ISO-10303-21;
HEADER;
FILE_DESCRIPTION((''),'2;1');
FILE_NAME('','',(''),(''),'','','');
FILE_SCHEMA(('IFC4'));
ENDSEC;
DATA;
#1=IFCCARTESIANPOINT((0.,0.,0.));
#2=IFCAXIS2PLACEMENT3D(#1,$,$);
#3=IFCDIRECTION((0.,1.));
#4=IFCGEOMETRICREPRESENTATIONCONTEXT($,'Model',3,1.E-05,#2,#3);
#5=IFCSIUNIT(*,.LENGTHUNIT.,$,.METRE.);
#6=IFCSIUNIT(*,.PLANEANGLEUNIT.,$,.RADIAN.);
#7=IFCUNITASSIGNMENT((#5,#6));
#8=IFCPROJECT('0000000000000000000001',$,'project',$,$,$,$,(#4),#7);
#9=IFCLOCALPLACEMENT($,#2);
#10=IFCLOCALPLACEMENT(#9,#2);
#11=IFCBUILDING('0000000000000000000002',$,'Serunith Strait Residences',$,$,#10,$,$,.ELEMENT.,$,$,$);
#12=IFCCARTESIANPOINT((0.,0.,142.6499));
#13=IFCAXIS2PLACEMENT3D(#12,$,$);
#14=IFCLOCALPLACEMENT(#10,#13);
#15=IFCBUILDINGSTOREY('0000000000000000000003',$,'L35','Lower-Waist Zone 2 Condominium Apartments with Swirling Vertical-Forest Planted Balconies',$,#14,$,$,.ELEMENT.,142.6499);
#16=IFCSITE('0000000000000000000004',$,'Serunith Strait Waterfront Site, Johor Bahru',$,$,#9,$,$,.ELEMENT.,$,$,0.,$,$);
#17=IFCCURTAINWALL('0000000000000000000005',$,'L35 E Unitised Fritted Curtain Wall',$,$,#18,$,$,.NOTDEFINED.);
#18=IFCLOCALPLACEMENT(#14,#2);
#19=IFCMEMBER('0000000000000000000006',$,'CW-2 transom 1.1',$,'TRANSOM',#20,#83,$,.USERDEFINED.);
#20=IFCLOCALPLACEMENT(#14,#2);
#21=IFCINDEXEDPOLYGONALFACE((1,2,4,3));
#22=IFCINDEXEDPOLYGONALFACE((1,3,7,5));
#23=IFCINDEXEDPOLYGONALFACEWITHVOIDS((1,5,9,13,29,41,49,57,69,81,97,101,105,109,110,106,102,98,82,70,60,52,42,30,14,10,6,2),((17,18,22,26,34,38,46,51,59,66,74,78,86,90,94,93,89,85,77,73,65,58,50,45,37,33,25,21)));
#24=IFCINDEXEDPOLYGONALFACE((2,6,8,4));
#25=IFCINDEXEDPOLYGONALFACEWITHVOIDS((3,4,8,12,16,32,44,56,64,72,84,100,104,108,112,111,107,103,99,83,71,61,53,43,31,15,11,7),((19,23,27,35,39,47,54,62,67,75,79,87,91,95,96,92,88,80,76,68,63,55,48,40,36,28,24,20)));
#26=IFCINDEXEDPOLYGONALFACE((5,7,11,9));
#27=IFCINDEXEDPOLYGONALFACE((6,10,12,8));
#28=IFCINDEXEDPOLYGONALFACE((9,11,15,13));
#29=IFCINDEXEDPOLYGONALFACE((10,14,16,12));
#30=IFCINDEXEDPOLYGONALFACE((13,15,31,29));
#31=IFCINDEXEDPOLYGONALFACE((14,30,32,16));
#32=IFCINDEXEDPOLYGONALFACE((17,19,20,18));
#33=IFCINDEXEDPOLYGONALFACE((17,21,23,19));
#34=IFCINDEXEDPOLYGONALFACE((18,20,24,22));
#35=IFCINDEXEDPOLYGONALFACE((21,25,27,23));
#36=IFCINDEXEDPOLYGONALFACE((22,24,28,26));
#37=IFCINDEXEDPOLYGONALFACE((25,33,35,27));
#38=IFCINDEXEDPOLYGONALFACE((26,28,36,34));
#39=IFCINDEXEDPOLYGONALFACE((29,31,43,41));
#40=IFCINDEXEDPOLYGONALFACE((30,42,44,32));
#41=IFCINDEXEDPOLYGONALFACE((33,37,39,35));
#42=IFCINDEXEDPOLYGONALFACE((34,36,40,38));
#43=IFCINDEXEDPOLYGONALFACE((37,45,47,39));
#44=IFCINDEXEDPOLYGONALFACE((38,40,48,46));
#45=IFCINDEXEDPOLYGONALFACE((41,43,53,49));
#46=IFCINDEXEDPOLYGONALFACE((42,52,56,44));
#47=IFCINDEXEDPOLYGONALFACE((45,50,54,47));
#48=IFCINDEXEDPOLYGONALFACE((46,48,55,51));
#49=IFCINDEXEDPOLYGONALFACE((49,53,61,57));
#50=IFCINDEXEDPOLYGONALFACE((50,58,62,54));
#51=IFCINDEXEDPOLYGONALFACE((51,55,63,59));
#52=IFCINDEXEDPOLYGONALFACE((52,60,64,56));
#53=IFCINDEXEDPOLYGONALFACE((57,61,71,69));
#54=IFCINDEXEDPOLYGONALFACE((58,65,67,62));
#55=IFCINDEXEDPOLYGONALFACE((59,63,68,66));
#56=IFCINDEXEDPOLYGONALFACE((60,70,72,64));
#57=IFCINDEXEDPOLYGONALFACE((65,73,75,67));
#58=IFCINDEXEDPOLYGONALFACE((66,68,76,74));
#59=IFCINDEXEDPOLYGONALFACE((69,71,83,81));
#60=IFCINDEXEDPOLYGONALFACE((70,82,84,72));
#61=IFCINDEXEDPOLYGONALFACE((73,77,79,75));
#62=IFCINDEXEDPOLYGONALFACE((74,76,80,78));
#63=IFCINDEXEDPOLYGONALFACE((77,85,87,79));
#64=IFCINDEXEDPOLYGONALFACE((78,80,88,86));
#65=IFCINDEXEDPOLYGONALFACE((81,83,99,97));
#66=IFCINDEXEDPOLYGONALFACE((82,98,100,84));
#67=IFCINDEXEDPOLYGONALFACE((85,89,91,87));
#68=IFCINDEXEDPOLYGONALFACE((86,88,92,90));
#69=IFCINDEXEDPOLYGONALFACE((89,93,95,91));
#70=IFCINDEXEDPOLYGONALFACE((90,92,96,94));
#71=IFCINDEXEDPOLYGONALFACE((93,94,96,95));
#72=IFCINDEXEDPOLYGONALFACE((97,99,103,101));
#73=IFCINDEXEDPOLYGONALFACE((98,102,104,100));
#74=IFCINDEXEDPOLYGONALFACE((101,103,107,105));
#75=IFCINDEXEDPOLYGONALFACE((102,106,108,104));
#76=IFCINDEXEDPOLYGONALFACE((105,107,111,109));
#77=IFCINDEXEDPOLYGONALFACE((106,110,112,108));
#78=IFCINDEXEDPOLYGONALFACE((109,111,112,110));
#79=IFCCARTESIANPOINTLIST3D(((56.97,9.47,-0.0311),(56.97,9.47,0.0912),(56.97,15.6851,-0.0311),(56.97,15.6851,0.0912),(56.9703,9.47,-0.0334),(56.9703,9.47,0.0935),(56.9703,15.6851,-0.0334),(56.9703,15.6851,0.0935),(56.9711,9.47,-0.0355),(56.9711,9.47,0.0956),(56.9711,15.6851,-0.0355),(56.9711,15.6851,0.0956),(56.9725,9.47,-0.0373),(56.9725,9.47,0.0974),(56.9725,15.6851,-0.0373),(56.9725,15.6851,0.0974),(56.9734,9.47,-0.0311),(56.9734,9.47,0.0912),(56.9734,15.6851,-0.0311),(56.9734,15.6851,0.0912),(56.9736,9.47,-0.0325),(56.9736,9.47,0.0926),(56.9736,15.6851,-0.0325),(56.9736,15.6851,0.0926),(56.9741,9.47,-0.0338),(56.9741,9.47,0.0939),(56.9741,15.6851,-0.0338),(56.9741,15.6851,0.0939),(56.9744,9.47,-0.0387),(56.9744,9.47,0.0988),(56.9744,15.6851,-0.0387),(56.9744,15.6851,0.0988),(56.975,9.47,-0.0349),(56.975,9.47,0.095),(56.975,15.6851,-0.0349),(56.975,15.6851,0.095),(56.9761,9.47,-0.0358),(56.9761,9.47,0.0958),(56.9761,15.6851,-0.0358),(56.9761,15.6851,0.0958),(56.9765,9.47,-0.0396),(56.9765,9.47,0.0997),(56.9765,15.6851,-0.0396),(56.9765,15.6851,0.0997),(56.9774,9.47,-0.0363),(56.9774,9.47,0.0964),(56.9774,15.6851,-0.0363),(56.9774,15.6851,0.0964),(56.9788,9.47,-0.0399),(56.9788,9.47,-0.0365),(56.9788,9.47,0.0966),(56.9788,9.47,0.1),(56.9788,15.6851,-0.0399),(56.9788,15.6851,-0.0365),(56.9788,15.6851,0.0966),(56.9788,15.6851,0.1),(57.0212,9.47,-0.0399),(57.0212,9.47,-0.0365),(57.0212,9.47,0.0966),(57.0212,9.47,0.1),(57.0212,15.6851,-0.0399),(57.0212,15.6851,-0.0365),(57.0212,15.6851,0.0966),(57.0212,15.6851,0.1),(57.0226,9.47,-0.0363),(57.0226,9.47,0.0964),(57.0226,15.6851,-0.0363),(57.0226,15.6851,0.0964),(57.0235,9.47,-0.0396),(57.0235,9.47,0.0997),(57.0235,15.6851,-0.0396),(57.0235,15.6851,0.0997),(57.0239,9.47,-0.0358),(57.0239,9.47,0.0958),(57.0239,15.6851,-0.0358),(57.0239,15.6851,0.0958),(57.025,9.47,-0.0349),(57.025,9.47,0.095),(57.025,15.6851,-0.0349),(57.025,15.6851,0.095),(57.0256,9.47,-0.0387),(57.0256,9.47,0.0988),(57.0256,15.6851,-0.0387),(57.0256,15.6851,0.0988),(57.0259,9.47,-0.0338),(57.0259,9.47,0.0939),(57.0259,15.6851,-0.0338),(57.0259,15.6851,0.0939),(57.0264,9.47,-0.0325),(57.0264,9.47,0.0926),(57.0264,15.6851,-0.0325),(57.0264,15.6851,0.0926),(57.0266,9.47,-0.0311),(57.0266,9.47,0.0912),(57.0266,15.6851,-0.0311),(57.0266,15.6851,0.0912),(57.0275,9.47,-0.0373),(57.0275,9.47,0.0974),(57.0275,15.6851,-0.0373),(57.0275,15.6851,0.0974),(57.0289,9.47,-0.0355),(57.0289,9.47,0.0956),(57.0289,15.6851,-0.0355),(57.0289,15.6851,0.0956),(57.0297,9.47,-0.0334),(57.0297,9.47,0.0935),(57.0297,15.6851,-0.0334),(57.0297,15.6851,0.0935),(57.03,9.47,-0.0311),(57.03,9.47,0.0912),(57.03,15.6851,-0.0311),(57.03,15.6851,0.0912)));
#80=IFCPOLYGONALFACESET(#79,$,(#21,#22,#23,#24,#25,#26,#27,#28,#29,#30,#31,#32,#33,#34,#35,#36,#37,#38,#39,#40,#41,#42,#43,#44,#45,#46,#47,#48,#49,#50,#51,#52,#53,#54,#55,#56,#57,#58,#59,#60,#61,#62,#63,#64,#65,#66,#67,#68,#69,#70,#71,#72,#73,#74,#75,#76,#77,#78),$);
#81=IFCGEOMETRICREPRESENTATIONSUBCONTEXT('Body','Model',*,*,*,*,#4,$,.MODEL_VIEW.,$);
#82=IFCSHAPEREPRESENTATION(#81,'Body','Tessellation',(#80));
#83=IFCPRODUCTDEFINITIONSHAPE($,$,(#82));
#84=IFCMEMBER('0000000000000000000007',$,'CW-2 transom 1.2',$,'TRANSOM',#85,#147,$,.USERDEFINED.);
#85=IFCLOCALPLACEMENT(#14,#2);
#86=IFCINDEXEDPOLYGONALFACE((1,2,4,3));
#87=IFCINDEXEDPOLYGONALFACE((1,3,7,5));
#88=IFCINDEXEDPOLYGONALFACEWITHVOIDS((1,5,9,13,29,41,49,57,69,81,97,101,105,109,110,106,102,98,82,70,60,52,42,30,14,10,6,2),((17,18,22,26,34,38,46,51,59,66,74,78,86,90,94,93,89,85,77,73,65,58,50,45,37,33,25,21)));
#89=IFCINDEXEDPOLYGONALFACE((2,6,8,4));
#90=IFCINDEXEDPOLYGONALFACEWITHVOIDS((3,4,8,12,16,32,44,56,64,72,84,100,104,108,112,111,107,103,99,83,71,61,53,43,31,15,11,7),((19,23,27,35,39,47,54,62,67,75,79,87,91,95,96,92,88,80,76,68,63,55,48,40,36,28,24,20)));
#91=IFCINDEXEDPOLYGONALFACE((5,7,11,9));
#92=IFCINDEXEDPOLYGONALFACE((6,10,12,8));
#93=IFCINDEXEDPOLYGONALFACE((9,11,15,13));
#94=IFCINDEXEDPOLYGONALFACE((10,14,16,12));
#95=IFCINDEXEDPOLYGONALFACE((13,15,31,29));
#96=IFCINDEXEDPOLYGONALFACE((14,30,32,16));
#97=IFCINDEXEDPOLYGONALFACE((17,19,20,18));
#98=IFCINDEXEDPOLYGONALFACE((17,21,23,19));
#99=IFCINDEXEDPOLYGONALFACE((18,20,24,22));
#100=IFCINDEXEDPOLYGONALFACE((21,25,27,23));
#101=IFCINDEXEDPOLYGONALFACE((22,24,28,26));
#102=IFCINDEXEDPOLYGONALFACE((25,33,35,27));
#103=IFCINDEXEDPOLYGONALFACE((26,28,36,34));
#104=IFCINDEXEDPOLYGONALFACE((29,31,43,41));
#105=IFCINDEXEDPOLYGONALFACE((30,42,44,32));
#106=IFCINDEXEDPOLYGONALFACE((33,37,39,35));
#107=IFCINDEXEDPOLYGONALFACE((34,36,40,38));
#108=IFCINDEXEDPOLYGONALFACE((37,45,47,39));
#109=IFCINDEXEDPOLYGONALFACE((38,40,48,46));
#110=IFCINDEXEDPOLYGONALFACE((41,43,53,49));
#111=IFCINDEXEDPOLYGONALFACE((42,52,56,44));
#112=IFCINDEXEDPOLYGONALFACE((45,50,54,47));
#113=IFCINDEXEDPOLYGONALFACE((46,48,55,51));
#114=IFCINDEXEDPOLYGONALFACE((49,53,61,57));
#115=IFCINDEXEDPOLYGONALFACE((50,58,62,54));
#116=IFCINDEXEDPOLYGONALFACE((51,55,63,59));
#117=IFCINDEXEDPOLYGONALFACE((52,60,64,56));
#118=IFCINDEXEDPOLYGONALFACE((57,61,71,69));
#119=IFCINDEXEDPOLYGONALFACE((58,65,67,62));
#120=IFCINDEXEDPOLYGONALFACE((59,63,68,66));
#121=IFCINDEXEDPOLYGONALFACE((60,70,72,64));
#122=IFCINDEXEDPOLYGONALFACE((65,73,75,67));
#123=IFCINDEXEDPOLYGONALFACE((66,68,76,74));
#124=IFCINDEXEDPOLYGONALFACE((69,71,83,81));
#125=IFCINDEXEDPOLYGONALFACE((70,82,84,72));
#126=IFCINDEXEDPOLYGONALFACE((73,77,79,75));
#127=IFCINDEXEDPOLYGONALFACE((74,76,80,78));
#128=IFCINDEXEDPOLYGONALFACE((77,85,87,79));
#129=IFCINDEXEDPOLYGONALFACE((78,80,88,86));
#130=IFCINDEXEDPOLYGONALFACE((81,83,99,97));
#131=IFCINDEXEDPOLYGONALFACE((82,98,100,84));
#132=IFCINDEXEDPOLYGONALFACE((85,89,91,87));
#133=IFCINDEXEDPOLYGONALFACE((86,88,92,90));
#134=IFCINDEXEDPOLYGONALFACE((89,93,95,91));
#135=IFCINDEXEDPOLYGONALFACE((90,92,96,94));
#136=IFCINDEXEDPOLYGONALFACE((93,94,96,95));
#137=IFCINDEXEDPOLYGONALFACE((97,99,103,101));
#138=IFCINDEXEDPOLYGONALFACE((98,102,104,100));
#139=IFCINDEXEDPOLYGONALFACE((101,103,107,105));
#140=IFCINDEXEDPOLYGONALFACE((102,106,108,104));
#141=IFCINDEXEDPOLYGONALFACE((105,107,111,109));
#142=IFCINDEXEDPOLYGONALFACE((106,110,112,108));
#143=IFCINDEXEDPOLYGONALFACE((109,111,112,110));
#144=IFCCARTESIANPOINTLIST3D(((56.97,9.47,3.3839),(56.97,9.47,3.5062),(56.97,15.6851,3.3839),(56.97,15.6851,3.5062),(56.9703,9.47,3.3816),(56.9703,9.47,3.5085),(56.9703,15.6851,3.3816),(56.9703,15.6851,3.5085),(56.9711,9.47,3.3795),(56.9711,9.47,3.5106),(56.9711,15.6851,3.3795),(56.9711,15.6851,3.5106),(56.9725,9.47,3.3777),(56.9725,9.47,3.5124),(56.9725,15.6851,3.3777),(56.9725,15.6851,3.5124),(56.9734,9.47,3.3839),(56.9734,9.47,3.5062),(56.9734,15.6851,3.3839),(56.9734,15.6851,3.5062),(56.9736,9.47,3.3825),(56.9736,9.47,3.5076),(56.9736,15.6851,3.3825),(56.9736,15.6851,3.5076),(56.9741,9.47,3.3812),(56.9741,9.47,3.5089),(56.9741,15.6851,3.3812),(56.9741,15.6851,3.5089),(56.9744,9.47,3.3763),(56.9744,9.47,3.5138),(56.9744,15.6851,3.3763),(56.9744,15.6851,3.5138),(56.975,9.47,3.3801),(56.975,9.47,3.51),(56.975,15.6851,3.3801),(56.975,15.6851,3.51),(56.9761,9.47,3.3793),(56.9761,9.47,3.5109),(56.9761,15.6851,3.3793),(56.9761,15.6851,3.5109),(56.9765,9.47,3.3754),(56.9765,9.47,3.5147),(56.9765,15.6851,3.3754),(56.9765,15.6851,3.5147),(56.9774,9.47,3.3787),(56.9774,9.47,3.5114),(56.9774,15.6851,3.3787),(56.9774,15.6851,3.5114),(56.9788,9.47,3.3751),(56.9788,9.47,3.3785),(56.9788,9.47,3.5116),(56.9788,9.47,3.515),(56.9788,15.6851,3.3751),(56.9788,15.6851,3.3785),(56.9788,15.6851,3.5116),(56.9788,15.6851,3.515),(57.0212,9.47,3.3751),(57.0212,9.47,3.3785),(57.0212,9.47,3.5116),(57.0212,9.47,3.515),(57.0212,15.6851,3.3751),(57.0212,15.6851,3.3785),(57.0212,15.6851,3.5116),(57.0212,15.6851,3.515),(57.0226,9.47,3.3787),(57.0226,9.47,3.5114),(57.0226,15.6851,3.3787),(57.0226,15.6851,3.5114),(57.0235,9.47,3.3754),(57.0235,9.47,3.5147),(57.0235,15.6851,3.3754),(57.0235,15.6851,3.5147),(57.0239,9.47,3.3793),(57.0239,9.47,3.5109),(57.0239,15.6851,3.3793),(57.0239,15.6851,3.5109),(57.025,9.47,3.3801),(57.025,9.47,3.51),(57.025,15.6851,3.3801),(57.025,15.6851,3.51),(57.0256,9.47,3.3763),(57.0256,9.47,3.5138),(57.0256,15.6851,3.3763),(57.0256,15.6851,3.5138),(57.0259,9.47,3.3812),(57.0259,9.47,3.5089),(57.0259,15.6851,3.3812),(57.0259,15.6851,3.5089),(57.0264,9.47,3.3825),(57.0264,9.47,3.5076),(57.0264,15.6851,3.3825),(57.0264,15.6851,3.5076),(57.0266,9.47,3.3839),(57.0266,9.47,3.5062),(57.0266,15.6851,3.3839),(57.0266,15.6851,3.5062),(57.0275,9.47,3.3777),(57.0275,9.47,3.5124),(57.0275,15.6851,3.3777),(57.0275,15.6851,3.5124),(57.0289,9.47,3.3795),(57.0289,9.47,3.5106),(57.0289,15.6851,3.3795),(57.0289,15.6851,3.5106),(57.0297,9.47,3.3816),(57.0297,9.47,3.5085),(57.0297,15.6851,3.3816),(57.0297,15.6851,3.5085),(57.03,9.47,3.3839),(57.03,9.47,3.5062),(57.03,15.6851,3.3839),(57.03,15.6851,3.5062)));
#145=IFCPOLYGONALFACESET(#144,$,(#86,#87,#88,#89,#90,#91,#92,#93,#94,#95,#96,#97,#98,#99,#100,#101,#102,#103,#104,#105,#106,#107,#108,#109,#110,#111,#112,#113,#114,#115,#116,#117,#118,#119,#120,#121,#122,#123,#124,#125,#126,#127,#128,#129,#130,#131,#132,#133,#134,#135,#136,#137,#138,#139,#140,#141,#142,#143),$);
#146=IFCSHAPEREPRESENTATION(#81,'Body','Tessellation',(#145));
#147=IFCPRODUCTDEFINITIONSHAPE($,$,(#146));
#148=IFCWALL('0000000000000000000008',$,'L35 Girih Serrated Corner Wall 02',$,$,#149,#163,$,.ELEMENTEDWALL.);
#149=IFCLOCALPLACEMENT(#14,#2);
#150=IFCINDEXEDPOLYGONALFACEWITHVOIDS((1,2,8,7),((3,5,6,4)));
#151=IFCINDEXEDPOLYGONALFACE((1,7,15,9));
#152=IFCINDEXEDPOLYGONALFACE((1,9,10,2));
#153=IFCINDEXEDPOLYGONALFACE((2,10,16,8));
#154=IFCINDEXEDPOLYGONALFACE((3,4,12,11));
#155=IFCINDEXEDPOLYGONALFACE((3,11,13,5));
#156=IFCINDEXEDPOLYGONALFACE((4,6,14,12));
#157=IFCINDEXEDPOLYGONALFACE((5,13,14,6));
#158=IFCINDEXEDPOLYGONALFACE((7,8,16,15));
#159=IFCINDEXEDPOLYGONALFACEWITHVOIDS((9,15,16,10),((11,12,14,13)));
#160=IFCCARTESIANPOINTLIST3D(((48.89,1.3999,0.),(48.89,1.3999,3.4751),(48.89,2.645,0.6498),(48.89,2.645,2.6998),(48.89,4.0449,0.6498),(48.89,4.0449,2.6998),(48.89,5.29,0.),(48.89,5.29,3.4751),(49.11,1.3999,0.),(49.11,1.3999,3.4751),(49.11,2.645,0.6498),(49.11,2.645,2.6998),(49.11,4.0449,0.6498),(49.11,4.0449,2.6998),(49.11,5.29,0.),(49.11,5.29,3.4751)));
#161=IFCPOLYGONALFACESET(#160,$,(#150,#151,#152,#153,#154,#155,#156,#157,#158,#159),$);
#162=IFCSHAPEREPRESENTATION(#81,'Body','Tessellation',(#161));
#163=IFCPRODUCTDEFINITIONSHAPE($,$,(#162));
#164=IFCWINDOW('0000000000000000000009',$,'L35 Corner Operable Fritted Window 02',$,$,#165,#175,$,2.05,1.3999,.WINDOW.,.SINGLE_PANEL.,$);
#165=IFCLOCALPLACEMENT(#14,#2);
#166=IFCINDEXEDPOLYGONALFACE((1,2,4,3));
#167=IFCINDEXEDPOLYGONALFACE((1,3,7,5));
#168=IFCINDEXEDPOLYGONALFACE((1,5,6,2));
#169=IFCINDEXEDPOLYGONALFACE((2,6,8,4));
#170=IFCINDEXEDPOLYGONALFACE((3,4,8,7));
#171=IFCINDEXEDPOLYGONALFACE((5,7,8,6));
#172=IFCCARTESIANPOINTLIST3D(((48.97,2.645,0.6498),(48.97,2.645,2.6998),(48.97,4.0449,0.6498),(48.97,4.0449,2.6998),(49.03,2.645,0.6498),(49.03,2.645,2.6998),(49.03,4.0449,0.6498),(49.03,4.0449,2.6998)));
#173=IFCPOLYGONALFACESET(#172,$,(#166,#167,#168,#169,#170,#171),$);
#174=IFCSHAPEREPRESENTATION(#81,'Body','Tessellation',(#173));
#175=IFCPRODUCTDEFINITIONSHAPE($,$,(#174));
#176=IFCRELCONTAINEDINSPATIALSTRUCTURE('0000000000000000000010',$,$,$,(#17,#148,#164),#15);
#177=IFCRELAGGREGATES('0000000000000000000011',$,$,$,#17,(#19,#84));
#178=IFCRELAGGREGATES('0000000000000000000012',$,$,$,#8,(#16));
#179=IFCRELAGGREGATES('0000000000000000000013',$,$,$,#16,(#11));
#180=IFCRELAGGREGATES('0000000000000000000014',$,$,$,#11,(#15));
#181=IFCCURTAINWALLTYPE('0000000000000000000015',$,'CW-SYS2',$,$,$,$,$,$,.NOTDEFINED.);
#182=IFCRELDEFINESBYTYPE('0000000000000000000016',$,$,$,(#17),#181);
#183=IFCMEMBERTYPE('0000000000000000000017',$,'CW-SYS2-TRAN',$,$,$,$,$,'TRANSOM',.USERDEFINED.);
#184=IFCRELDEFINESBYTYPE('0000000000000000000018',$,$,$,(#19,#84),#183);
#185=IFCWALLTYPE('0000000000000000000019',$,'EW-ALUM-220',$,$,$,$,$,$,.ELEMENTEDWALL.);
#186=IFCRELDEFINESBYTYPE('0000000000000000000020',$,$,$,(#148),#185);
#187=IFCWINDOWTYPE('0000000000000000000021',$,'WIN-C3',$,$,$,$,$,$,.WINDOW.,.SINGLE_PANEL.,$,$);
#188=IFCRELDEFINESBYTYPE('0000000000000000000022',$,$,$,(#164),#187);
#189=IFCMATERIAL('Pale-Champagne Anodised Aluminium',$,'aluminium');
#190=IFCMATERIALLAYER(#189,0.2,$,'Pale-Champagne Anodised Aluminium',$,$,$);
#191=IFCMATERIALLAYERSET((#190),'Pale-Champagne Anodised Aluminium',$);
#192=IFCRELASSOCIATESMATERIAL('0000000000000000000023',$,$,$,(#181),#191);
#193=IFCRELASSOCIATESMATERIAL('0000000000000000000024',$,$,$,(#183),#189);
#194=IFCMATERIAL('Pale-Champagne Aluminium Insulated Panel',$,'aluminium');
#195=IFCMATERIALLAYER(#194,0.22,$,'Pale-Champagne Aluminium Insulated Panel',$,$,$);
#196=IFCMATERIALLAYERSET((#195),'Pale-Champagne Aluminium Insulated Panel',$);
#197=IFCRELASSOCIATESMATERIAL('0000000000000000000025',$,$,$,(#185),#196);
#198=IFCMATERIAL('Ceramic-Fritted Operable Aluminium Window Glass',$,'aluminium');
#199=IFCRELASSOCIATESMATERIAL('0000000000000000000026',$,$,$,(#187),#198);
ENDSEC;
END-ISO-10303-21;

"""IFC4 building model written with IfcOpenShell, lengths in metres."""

from ifc_helpers import new_model, si_unit, direction, frame, frame_2d, origin, origin_2d, place, context, subcontext, project, spatial, rectangle, hollow_rectangle, extrude, source, transform, mapped, material, layer, layer_set, material_profile, profile_set, type_object, element, fill, aggregate, save


model = new_model("IFC4")

# Units and contexts
model_context = context("Model", 3, precision=1e-05, world=origin(), true_north=direction((0.0, 1.0)))
body_context = subcontext(model_context, "Body", "Model", "MODEL_VIEW")
ifc_project = project(units=[si_unit("LENGTHUNIT", "METRE"), si_unit("PLANEANGLEUNIT", "RADIAN")], contexts=[model_context])

# Site, building, storey
site_placement = place(None, origin())
site = spatial("IfcSite", under=ifc_project, at=site_placement, Name="Serunith Strait Waterfront Site, Johor Bahru", CompositionType="ELEMENT", RefElevation=0.0)
building_placement = place(site_placement, origin())
building = spatial("IfcBuilding", under=site, at=building_placement, Name="Serunith Strait Residences", CompositionType="ELEMENT")
storey_placement = place(building_placement, frame((0.0, 0.0, 142.6499)))
storey = spatial("IfcBuildingStorey", under=building, at=storey_placement, Name="L35", Description="Lower-Waist Zone 2 Condominium Apartments with Swirling Vertical-Forest Planted Balconies", CompositionType="ELEMENT", Elevation=142.6499)

# Shared definitions
ifc_material_1 = material(Name="Pale-Champagne Anodised Aluminium", Category="aluminium")
ifc_layer_1 = layer(ifc_material_1, 0.2, Name="Pale-Champagne Anodised Aluminium")
ifc_layer_set_1 = layer_set([ifc_layer_1], Name="Pale-Champagne Anodised Aluminium")
curtain_wall_type = type_object("IfcCurtainWallType", Name="CW-SYS2", PredefinedType="NOTDEFINED", material=ifc_layer_set_1)

# Curtain wall, members
curtain_wall_1_placement = place(storey_placement, origin())
curtain_wall_1 = element("IfcCurtainWall", 1, at=curtain_wall_1_placement, inside=storey, type_object=curtain_wall_type, Name="L35 E Unitised Fritted Curtain Wall", PredefinedType="NOTDEFINED")
ifc_material_profile_1 = material_profile(ifc_material_1, hollow_rectangle(XDim=0.0601, YDim=0.1399, WallThickness=0.0034, InnerFilletRadius=0.0054, OuterFilletRadius=0.0088, at=origin_2d()), Name="ALU 140x60x3.5")
ifc_profile_set_1 = profile_set([ifc_material_profile_1], Name="Pale-Champagne Anodised Aluminium")
member_type_1 = type_object("IfcMemberType", Name="CW-SYS2-TRAN", ElementType="TRANSOM", PredefinedType="USERDEFINED", material=ifc_profile_set_1)
shared_shape_1 = source(origin(), body_context, "Body", "SweptSolid", [
    extrude(hollow_rectangle(XDim=0.0601, YDim=0.1399, WallThickness=0.0034, InnerFilletRadius=0.0054, OuterFilletRadius=0.0088, at=origin_2d()), origin(), (0.0, 0.0, 1.0), 6.2151),
])
member_1_placement = place(storey_placement, frame((57.0, 9.47, 0.03), z_axis=(0.0, 1.0, 0.0), x_axis=(-1.0, 0.0, 0.0)))
member_1 = element("IfcMember", 2, at=member_1_placement, type_object=member_type_1, Name="CW-2 transom 1.1", ObjectType="TRANSOM", PredefinedType="USERDEFINED", context=body_context, shape_type="MappedRepresentation", body=[
    mapped(shared_shape_1, transform((0.0, 0.0, 0.0), scale=1.0)),
])
member_2_placement = place(storey_placement, frame((57.0, 9.47, 3.4451), z_axis=(0.0, 1.0, 0.0), x_axis=(-1.0, 0.0, 0.0)))
member_2 = element("IfcMember", 3, at=member_2_placement, type_object=member_type_1, Name="CW-2 transom 1.2", ObjectType="TRANSOM", PredefinedType="USERDEFINED", context=body_context, shape_type="MappedRepresentation", body=[
    mapped(shared_shape_1, transform((0.0, 0.0, 0.0), scale=1.0)),
])
aggregate(curtain_wall_1, [member_1, member_2])

# Wall, opening, window
ifc_material_2 = material(Name="Pale-Champagne Aluminium Insulated Panel", Category="aluminium")
ifc_layer_2 = layer(ifc_material_2, 0.22, Name="Pale-Champagne Aluminium Insulated Panel")
ifc_layer_set_2 = layer_set([ifc_layer_2], Name="Pale-Champagne Aluminium Insulated Panel")
wall_type_1 = type_object("IfcWallType", Name="EW-ALUM-220", PredefinedType="ELEMENTEDWALL", material=ifc_layer_set_2)
wall_1_placement = place(storey_placement, frame((49.0, 1.3999, 0.0), z_axis=(0.0, 0.0, 1.0), x_axis=(0.0, 1.0, 0.0)))
wall_1 = element("IfcWall", 4, at=wall_1_placement, inside=storey, type_object=wall_type_1, Name="L35 Girih Serrated Corner Wall 02", PredefinedType="ELEMENTEDWALL", context=body_context, shape_type="SweptSolid", body=[
    extrude(rectangle(XDim=3.8901, YDim=0.22, at=frame_2d((1.9451, 0.0))), origin(), (0.0, 0.0, 1.0), 3.4751),
])
opening_1_placement = place(wall_1_placement, frame((1.2451, 0.0, 0.6499)))
opening_1 = element("IfcOpeningElement", 5, at=opening_1_placement, cuts=wall_1, PredefinedType="OPENING", context=body_context, shape_type="SweptSolid", body=[
    extrude(rectangle(XDim=1.3999, YDim=2.05, at=frame_2d((0.7, 1.0249))), frame((0.0, 0.1201, 0.0), z_axis=(0.0, -1.0, 0.0), x_axis=(1.0, 0.0, 0.0)), (0.0, 0.0, 1.0), 0.24),
])
ifc_material_3 = material(Name="Ceramic-Fritted Operable Aluminium Window Glass", Category="aluminium")
window_type = type_object("IfcWindowType", Name="WIN-C3", PartitioningType="SINGLE_PANEL", PredefinedType="WINDOW", material=ifc_material_3)
shared_shape_2 = source(origin(), body_context, "Body", "SweptSolid", [
    extrude(rectangle(XDim=1.3999, YDim=2.05, at=frame_2d((0.7, 1.0249))), frame((0.0, 0.03, 0.0), z_axis=(0.0, -1.0, 0.0), x_axis=(1.0, 0.0, 0.0)), (0.0, 0.0, 1.0), 0.0601),
])
window_1_placement = place(opening_1_placement, origin())
window_1 = element("IfcWindow", 6, at=window_1_placement, inside=storey, type_object=window_type, Name="L35 Corner Operable Fritted Window 02", OverallHeight=2.05, OverallWidth=1.3999, PartitioningType="SINGLE_PANEL", PredefinedType="WINDOW", context=body_context, shape_type="MappedRepresentation", body=[
    mapped(shared_shape_2, transform((0.0, 0.0, 0.0), scale=1.0)),
])
fill(opening_1, window_1)

save(model, "model.ifc")
